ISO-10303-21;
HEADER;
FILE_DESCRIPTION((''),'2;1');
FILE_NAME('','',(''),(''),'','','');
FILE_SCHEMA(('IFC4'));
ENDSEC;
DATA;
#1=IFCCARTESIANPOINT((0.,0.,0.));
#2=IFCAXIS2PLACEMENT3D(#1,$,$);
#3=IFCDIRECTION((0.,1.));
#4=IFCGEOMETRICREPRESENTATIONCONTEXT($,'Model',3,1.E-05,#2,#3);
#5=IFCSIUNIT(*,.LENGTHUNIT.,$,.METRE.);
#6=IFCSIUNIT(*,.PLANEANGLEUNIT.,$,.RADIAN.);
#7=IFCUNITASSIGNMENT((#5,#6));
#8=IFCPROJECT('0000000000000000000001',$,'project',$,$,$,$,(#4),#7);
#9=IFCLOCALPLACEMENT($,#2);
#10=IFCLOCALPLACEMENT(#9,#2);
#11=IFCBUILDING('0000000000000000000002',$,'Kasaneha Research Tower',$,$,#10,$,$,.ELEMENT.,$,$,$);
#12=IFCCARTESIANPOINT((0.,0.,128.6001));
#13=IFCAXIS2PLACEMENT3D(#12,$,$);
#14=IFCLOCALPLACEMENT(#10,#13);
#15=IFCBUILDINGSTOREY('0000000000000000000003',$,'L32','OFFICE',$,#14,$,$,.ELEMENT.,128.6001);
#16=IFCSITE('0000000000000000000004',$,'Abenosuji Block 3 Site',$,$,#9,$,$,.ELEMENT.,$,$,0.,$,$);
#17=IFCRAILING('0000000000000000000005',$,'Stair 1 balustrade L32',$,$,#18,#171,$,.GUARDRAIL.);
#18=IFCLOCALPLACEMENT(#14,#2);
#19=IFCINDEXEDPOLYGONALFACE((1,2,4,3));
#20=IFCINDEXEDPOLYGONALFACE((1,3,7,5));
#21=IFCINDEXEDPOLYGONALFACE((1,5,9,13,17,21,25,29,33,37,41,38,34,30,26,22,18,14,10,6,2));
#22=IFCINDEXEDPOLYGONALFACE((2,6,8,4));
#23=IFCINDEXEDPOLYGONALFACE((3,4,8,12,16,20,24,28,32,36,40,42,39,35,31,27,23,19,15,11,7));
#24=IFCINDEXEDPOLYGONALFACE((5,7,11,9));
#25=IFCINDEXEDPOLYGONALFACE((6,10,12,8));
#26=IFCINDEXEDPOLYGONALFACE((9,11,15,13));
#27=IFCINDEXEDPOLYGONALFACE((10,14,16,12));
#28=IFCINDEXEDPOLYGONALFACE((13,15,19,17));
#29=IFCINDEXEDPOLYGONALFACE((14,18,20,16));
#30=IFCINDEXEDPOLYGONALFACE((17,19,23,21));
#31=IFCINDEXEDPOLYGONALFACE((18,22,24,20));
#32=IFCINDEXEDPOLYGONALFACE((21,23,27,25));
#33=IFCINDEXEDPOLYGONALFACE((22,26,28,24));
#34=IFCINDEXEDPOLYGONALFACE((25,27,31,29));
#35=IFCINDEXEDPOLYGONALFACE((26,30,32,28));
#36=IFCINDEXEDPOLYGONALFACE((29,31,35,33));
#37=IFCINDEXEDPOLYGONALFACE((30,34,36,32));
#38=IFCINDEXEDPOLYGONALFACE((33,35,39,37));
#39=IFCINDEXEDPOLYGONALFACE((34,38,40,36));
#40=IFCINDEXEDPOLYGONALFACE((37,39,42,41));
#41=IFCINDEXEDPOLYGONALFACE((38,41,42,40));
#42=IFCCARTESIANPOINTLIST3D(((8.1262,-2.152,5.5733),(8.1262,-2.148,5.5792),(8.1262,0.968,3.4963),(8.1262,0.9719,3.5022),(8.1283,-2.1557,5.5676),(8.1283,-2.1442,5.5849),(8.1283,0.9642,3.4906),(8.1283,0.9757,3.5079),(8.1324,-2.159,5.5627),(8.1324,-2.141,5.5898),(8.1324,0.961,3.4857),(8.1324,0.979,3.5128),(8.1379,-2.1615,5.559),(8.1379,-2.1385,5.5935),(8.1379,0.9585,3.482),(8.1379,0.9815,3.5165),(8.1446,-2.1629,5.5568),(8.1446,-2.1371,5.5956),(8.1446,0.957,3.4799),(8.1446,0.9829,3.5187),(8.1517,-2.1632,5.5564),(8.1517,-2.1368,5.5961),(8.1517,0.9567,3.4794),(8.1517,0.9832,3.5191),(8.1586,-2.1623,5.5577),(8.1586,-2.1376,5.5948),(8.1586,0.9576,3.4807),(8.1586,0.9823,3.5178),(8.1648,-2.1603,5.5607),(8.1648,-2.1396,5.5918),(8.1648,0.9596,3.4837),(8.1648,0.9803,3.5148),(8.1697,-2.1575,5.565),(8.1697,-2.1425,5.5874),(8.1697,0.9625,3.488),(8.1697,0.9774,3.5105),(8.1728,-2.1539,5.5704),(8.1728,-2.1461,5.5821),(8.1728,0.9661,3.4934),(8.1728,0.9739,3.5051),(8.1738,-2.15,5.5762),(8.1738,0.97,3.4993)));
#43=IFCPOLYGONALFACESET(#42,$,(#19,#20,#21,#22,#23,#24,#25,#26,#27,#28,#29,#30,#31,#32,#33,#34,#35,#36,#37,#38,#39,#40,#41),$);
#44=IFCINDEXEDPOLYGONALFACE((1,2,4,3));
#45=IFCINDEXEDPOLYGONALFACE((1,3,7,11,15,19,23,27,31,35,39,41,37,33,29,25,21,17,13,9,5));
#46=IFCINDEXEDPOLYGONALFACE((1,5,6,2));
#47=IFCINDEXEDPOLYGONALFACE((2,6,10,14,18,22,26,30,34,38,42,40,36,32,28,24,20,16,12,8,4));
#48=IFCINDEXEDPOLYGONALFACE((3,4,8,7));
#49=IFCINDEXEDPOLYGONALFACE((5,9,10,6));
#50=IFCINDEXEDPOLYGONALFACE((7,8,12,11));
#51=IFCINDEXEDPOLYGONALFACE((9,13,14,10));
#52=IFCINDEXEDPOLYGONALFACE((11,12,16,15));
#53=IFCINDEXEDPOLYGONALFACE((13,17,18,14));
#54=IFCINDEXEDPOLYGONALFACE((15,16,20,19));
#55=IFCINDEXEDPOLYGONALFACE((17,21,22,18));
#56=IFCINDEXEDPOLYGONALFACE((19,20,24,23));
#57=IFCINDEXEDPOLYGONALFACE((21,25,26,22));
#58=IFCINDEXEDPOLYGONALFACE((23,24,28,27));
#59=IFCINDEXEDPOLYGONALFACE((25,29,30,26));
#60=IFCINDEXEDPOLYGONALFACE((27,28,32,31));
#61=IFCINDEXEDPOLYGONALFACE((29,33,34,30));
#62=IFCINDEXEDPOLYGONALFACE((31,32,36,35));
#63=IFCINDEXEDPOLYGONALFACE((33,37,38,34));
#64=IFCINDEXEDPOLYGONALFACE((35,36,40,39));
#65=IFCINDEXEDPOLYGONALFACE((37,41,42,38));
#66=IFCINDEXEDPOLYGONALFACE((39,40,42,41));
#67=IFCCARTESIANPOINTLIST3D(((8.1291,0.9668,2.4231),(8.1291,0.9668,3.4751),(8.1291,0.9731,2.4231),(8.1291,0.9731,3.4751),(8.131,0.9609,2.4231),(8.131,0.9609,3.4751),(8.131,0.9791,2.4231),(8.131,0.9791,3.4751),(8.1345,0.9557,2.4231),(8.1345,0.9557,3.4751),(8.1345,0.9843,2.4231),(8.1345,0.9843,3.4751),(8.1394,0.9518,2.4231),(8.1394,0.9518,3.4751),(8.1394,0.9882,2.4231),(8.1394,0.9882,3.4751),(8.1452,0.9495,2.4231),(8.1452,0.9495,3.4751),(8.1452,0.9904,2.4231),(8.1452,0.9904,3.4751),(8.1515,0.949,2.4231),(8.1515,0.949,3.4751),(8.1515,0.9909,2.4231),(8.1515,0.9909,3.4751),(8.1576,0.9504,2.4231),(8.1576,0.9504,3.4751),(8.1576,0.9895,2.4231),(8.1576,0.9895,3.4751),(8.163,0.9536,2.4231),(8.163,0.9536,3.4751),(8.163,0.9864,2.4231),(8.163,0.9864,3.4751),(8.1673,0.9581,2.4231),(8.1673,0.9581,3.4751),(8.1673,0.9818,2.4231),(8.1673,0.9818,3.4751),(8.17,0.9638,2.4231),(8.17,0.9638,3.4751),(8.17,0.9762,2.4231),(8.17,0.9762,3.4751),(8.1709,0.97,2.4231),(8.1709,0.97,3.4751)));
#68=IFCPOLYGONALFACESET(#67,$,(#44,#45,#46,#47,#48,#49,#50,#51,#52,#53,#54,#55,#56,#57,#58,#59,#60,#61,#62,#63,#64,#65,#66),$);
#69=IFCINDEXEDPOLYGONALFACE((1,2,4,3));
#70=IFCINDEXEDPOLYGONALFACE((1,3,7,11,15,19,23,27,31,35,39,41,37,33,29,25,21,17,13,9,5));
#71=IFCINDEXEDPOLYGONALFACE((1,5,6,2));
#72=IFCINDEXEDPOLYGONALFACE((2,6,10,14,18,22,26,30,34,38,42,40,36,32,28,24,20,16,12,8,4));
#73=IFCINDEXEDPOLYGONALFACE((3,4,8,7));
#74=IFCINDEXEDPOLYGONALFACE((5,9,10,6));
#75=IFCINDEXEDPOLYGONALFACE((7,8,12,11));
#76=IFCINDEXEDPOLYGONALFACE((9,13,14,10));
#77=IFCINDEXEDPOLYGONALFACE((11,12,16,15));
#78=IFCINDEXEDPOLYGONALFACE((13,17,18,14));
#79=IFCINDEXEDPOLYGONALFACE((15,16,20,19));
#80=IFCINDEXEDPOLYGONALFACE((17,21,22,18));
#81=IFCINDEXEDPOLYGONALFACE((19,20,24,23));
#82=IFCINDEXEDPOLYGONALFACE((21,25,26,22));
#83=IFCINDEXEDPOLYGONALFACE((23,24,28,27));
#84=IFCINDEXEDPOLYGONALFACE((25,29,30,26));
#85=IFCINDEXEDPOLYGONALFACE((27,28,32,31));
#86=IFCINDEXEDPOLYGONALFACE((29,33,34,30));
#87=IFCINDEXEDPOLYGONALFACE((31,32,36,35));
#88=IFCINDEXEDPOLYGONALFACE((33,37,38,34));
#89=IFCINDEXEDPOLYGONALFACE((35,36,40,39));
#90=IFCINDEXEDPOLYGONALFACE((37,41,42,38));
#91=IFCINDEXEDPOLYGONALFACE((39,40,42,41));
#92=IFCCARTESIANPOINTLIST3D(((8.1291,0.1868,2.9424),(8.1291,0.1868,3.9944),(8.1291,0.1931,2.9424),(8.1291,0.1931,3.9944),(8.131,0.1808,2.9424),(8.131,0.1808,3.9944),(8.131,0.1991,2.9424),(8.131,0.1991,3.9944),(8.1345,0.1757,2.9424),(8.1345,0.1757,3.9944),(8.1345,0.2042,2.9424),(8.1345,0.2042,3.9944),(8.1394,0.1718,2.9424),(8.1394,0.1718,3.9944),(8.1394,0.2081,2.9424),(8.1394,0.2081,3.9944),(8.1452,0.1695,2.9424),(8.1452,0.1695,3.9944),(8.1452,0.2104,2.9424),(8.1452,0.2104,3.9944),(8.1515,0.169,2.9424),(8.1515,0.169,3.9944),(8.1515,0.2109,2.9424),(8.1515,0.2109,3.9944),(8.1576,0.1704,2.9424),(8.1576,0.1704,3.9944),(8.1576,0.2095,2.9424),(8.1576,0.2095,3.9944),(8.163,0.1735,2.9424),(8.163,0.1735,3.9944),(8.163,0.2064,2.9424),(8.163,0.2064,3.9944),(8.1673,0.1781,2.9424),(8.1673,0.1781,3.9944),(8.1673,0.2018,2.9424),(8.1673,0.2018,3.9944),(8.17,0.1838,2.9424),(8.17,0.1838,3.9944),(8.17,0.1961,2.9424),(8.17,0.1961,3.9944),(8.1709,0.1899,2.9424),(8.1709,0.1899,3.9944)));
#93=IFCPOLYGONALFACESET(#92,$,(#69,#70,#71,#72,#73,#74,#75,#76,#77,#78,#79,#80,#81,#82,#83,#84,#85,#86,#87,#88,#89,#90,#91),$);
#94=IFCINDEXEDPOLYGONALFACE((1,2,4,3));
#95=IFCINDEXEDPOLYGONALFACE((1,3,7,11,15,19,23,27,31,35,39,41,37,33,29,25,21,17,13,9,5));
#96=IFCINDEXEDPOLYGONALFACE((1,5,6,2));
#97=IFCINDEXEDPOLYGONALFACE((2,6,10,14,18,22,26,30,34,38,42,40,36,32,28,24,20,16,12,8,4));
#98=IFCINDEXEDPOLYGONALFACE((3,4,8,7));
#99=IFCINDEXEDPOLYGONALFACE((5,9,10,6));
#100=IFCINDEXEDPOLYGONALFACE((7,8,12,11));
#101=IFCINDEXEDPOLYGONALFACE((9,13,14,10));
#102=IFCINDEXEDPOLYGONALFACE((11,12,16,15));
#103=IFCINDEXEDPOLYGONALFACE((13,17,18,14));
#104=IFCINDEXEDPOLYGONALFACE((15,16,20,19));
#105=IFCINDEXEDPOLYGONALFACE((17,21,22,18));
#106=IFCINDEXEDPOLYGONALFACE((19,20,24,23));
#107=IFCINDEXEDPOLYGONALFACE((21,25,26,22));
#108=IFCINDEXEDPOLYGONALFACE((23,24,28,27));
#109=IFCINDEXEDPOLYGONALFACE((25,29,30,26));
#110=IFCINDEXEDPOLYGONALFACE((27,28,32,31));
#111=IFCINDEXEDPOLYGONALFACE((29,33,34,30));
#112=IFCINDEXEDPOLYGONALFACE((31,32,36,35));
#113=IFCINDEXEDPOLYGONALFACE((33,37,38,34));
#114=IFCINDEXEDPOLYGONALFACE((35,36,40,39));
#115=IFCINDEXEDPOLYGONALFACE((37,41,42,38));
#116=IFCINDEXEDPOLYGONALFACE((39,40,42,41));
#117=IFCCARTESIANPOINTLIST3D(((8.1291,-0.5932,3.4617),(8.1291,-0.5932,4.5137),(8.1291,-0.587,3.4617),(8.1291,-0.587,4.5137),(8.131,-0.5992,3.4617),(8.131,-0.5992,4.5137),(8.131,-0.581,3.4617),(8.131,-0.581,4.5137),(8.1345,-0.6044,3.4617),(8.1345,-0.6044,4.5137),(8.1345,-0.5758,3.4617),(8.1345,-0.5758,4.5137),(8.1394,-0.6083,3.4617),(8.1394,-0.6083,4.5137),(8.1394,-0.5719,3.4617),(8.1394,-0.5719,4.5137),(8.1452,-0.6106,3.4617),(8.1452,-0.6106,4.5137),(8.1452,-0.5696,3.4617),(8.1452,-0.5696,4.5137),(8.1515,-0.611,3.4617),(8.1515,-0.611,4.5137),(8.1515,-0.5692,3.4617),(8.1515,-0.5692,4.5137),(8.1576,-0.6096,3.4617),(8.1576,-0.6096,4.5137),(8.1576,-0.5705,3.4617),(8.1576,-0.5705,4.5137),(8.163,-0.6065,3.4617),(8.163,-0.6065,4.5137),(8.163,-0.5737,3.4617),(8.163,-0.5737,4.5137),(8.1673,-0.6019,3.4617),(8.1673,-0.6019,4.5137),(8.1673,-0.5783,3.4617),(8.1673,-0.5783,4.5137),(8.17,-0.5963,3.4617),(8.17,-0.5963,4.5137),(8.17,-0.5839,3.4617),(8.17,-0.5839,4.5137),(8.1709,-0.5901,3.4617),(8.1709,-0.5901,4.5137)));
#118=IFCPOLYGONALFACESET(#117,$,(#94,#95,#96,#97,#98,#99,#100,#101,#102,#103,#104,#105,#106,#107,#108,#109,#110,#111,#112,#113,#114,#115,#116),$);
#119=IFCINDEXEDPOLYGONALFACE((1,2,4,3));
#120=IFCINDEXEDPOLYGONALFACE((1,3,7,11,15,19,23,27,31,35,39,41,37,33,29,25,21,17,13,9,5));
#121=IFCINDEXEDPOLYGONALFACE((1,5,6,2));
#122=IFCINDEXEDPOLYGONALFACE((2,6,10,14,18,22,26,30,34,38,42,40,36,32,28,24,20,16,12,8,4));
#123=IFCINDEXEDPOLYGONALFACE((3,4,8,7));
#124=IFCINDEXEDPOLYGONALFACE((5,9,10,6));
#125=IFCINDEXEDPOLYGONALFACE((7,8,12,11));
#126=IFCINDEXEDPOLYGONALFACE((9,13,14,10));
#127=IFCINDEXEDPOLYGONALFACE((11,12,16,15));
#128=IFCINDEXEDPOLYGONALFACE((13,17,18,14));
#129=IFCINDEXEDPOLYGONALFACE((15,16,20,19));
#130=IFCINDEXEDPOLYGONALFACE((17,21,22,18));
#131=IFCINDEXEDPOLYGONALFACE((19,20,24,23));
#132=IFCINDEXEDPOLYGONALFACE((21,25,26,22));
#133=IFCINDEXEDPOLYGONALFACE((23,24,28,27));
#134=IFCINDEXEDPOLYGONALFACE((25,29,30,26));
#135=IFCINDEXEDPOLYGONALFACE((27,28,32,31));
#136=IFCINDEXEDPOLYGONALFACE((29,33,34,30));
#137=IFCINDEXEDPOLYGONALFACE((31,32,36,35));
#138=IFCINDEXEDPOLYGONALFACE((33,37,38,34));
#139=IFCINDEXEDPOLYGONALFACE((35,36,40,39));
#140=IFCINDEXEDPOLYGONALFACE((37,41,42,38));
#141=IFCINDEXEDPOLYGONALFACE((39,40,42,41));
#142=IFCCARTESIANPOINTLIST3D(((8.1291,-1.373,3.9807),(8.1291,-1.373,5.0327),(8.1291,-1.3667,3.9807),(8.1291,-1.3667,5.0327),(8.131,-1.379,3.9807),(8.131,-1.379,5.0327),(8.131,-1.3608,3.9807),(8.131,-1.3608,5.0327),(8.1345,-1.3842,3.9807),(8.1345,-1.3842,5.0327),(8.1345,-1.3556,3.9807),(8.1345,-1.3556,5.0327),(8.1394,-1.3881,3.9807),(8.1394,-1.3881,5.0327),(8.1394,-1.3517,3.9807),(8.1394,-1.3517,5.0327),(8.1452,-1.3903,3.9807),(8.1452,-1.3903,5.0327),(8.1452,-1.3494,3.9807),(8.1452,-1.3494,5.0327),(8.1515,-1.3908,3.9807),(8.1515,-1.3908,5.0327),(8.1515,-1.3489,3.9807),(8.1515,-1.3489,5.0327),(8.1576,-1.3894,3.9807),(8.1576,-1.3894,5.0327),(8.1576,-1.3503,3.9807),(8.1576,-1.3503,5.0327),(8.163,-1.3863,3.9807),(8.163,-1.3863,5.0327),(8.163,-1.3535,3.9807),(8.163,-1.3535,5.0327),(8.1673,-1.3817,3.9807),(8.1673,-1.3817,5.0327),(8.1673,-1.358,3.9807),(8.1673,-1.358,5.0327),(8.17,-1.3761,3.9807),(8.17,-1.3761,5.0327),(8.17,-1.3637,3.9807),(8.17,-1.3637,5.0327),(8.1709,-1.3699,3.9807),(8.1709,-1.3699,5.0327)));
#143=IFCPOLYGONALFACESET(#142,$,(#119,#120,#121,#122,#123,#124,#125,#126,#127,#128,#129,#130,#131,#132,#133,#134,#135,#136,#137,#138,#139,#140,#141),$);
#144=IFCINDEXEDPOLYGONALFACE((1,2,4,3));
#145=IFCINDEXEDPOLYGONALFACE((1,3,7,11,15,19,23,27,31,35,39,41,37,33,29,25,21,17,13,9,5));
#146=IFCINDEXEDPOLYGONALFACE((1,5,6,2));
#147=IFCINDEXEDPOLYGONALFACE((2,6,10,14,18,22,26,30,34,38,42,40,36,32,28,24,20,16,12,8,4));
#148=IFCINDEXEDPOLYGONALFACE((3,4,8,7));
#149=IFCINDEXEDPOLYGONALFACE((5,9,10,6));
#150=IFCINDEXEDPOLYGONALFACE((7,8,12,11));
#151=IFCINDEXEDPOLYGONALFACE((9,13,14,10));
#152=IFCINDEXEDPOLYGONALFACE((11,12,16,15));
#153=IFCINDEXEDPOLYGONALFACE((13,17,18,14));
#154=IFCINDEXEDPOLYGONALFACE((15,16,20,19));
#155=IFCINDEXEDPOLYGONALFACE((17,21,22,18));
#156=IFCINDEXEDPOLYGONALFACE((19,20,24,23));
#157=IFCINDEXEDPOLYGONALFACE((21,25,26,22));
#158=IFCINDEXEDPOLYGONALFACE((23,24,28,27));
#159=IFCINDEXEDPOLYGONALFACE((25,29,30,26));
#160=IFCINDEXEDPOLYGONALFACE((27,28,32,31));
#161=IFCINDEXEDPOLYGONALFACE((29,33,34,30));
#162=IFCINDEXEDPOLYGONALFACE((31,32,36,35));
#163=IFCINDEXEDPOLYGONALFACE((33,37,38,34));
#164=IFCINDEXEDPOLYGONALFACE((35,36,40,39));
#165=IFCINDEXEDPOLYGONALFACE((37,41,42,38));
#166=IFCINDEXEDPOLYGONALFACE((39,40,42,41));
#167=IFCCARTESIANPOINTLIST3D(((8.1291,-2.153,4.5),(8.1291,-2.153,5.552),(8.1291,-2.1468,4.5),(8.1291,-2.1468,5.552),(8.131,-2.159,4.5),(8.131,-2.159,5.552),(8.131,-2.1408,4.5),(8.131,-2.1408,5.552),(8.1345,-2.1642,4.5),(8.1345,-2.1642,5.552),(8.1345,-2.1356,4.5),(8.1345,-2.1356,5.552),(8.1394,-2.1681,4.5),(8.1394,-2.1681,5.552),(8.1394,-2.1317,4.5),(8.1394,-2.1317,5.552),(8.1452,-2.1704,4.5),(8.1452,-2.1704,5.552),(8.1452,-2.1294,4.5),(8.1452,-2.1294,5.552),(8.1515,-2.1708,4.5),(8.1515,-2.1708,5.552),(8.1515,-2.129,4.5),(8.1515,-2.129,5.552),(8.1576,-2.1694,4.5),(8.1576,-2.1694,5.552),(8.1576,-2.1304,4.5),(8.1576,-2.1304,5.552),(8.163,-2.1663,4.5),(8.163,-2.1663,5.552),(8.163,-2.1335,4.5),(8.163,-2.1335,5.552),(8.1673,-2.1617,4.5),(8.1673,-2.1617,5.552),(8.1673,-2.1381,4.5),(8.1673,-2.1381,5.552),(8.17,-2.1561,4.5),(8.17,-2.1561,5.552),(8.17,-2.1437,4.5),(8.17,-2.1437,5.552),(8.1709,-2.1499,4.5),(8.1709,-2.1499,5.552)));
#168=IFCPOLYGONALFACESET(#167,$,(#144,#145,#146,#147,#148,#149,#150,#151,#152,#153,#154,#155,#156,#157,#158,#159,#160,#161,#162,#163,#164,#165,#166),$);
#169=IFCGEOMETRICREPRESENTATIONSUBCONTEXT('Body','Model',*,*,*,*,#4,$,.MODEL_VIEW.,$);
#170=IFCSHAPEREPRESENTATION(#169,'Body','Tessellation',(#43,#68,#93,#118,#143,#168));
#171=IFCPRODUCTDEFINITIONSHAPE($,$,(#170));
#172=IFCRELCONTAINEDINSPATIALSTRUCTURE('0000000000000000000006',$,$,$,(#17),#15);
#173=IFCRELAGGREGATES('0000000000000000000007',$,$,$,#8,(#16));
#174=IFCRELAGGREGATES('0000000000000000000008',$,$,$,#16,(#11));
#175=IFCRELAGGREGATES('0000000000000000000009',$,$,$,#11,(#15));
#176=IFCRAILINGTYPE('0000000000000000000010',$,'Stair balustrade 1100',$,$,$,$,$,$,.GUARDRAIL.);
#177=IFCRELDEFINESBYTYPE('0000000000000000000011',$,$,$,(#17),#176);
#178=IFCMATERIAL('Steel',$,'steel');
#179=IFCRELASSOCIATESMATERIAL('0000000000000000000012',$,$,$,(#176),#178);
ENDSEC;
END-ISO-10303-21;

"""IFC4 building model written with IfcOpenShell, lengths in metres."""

from ifc_helpers import new_model, si_unit, direction, frame, origin, origin_2d, place, context, subcontext, project, spatial, circle, extrude, material, type_object, element, save


model = new_model("IFC4")

# Units and contexts
model_context = context("Model", 3, precision=1e-05, world=origin(), true_north=direction((0.0, 1.0)))
body_context = subcontext(model_context, "Body", "Model", "MODEL_VIEW")
ifc_project = project(units=[si_unit("LENGTHUNIT", "METRE"), si_unit("PLANEANGLEUNIT", "RADIAN")], contexts=[model_context])

# Site, building, storey
site_placement = place(None, origin())
site = spatial("IfcSite", under=ifc_project, at=site_placement, Name="Abenosuji Block 3 Site", CompositionType="ELEMENT", RefElevation=0.0)
building_placement = place(site_placement, origin())
building = spatial("IfcBuilding", under=site, at=building_placement, Name="Kasaneha Research Tower", CompositionType="ELEMENT")
storey_placement = place(building_placement, frame((0.0, 0.0, 128.6001)))
storey = spatial("IfcBuildingStorey", under=building, at=storey_placement, Name="L32", Description="OFFICE", CompositionType="ELEMENT", Elevation=128.6001)

# Railing
ifc_material_1 = material(Name="Steel", Category="steel")
railing_type = type_object("IfcRailingType", Name="Stair balustrade 1100", PredefinedType="GUARDRAIL", material=ifc_material_1)
railing_placement = place(storey_placement, frame((8.1499, 0.97, 2.4231)))
element("IfcRailing", 1, at=railing_placement, inside=storey, type_object=railing_type, Name="Stair 1 balustrade L32", PredefinedType="GUARDRAIL", context=body_context, shape_type="SweptSolid", body=[
    extrude(circle(Radius=0.0239, at=origin_2d()), frame((0.0, 0.0, 1.0762), z_axis=(0.0, -0.832421, 0.554144), x_axis=(1.0, 0.0, 0.0)), (0.0, 0.0, 1.0), 3.748),
    extrude(circle(Radius=0.021, at=origin_2d()), origin(), (0.0, 0.0, 1.0), 1.052),
    extrude(circle(Radius=0.021, at=origin_2d()), frame((0.0, -0.78, 0.5193)), (0.0, 0.0, 1.0), 1.052),
    extrude(circle(Radius=0.021, at=origin_2d()), frame((0.0, -1.5601, 1.0386)), (0.0, 0.0, 1.0), 1.052),
    extrude(circle(Radius=0.021, at=origin_2d()), frame((0.0, -2.3398, 1.5576)), (0.0, 0.0, 1.0), 1.052),
    extrude(circle(Radius=0.021, at=origin_2d()), frame((0.0, -3.1199, 2.0769)), (0.0, 0.0, 1.0), 1.052),
])

save(model, "model.ifc")
